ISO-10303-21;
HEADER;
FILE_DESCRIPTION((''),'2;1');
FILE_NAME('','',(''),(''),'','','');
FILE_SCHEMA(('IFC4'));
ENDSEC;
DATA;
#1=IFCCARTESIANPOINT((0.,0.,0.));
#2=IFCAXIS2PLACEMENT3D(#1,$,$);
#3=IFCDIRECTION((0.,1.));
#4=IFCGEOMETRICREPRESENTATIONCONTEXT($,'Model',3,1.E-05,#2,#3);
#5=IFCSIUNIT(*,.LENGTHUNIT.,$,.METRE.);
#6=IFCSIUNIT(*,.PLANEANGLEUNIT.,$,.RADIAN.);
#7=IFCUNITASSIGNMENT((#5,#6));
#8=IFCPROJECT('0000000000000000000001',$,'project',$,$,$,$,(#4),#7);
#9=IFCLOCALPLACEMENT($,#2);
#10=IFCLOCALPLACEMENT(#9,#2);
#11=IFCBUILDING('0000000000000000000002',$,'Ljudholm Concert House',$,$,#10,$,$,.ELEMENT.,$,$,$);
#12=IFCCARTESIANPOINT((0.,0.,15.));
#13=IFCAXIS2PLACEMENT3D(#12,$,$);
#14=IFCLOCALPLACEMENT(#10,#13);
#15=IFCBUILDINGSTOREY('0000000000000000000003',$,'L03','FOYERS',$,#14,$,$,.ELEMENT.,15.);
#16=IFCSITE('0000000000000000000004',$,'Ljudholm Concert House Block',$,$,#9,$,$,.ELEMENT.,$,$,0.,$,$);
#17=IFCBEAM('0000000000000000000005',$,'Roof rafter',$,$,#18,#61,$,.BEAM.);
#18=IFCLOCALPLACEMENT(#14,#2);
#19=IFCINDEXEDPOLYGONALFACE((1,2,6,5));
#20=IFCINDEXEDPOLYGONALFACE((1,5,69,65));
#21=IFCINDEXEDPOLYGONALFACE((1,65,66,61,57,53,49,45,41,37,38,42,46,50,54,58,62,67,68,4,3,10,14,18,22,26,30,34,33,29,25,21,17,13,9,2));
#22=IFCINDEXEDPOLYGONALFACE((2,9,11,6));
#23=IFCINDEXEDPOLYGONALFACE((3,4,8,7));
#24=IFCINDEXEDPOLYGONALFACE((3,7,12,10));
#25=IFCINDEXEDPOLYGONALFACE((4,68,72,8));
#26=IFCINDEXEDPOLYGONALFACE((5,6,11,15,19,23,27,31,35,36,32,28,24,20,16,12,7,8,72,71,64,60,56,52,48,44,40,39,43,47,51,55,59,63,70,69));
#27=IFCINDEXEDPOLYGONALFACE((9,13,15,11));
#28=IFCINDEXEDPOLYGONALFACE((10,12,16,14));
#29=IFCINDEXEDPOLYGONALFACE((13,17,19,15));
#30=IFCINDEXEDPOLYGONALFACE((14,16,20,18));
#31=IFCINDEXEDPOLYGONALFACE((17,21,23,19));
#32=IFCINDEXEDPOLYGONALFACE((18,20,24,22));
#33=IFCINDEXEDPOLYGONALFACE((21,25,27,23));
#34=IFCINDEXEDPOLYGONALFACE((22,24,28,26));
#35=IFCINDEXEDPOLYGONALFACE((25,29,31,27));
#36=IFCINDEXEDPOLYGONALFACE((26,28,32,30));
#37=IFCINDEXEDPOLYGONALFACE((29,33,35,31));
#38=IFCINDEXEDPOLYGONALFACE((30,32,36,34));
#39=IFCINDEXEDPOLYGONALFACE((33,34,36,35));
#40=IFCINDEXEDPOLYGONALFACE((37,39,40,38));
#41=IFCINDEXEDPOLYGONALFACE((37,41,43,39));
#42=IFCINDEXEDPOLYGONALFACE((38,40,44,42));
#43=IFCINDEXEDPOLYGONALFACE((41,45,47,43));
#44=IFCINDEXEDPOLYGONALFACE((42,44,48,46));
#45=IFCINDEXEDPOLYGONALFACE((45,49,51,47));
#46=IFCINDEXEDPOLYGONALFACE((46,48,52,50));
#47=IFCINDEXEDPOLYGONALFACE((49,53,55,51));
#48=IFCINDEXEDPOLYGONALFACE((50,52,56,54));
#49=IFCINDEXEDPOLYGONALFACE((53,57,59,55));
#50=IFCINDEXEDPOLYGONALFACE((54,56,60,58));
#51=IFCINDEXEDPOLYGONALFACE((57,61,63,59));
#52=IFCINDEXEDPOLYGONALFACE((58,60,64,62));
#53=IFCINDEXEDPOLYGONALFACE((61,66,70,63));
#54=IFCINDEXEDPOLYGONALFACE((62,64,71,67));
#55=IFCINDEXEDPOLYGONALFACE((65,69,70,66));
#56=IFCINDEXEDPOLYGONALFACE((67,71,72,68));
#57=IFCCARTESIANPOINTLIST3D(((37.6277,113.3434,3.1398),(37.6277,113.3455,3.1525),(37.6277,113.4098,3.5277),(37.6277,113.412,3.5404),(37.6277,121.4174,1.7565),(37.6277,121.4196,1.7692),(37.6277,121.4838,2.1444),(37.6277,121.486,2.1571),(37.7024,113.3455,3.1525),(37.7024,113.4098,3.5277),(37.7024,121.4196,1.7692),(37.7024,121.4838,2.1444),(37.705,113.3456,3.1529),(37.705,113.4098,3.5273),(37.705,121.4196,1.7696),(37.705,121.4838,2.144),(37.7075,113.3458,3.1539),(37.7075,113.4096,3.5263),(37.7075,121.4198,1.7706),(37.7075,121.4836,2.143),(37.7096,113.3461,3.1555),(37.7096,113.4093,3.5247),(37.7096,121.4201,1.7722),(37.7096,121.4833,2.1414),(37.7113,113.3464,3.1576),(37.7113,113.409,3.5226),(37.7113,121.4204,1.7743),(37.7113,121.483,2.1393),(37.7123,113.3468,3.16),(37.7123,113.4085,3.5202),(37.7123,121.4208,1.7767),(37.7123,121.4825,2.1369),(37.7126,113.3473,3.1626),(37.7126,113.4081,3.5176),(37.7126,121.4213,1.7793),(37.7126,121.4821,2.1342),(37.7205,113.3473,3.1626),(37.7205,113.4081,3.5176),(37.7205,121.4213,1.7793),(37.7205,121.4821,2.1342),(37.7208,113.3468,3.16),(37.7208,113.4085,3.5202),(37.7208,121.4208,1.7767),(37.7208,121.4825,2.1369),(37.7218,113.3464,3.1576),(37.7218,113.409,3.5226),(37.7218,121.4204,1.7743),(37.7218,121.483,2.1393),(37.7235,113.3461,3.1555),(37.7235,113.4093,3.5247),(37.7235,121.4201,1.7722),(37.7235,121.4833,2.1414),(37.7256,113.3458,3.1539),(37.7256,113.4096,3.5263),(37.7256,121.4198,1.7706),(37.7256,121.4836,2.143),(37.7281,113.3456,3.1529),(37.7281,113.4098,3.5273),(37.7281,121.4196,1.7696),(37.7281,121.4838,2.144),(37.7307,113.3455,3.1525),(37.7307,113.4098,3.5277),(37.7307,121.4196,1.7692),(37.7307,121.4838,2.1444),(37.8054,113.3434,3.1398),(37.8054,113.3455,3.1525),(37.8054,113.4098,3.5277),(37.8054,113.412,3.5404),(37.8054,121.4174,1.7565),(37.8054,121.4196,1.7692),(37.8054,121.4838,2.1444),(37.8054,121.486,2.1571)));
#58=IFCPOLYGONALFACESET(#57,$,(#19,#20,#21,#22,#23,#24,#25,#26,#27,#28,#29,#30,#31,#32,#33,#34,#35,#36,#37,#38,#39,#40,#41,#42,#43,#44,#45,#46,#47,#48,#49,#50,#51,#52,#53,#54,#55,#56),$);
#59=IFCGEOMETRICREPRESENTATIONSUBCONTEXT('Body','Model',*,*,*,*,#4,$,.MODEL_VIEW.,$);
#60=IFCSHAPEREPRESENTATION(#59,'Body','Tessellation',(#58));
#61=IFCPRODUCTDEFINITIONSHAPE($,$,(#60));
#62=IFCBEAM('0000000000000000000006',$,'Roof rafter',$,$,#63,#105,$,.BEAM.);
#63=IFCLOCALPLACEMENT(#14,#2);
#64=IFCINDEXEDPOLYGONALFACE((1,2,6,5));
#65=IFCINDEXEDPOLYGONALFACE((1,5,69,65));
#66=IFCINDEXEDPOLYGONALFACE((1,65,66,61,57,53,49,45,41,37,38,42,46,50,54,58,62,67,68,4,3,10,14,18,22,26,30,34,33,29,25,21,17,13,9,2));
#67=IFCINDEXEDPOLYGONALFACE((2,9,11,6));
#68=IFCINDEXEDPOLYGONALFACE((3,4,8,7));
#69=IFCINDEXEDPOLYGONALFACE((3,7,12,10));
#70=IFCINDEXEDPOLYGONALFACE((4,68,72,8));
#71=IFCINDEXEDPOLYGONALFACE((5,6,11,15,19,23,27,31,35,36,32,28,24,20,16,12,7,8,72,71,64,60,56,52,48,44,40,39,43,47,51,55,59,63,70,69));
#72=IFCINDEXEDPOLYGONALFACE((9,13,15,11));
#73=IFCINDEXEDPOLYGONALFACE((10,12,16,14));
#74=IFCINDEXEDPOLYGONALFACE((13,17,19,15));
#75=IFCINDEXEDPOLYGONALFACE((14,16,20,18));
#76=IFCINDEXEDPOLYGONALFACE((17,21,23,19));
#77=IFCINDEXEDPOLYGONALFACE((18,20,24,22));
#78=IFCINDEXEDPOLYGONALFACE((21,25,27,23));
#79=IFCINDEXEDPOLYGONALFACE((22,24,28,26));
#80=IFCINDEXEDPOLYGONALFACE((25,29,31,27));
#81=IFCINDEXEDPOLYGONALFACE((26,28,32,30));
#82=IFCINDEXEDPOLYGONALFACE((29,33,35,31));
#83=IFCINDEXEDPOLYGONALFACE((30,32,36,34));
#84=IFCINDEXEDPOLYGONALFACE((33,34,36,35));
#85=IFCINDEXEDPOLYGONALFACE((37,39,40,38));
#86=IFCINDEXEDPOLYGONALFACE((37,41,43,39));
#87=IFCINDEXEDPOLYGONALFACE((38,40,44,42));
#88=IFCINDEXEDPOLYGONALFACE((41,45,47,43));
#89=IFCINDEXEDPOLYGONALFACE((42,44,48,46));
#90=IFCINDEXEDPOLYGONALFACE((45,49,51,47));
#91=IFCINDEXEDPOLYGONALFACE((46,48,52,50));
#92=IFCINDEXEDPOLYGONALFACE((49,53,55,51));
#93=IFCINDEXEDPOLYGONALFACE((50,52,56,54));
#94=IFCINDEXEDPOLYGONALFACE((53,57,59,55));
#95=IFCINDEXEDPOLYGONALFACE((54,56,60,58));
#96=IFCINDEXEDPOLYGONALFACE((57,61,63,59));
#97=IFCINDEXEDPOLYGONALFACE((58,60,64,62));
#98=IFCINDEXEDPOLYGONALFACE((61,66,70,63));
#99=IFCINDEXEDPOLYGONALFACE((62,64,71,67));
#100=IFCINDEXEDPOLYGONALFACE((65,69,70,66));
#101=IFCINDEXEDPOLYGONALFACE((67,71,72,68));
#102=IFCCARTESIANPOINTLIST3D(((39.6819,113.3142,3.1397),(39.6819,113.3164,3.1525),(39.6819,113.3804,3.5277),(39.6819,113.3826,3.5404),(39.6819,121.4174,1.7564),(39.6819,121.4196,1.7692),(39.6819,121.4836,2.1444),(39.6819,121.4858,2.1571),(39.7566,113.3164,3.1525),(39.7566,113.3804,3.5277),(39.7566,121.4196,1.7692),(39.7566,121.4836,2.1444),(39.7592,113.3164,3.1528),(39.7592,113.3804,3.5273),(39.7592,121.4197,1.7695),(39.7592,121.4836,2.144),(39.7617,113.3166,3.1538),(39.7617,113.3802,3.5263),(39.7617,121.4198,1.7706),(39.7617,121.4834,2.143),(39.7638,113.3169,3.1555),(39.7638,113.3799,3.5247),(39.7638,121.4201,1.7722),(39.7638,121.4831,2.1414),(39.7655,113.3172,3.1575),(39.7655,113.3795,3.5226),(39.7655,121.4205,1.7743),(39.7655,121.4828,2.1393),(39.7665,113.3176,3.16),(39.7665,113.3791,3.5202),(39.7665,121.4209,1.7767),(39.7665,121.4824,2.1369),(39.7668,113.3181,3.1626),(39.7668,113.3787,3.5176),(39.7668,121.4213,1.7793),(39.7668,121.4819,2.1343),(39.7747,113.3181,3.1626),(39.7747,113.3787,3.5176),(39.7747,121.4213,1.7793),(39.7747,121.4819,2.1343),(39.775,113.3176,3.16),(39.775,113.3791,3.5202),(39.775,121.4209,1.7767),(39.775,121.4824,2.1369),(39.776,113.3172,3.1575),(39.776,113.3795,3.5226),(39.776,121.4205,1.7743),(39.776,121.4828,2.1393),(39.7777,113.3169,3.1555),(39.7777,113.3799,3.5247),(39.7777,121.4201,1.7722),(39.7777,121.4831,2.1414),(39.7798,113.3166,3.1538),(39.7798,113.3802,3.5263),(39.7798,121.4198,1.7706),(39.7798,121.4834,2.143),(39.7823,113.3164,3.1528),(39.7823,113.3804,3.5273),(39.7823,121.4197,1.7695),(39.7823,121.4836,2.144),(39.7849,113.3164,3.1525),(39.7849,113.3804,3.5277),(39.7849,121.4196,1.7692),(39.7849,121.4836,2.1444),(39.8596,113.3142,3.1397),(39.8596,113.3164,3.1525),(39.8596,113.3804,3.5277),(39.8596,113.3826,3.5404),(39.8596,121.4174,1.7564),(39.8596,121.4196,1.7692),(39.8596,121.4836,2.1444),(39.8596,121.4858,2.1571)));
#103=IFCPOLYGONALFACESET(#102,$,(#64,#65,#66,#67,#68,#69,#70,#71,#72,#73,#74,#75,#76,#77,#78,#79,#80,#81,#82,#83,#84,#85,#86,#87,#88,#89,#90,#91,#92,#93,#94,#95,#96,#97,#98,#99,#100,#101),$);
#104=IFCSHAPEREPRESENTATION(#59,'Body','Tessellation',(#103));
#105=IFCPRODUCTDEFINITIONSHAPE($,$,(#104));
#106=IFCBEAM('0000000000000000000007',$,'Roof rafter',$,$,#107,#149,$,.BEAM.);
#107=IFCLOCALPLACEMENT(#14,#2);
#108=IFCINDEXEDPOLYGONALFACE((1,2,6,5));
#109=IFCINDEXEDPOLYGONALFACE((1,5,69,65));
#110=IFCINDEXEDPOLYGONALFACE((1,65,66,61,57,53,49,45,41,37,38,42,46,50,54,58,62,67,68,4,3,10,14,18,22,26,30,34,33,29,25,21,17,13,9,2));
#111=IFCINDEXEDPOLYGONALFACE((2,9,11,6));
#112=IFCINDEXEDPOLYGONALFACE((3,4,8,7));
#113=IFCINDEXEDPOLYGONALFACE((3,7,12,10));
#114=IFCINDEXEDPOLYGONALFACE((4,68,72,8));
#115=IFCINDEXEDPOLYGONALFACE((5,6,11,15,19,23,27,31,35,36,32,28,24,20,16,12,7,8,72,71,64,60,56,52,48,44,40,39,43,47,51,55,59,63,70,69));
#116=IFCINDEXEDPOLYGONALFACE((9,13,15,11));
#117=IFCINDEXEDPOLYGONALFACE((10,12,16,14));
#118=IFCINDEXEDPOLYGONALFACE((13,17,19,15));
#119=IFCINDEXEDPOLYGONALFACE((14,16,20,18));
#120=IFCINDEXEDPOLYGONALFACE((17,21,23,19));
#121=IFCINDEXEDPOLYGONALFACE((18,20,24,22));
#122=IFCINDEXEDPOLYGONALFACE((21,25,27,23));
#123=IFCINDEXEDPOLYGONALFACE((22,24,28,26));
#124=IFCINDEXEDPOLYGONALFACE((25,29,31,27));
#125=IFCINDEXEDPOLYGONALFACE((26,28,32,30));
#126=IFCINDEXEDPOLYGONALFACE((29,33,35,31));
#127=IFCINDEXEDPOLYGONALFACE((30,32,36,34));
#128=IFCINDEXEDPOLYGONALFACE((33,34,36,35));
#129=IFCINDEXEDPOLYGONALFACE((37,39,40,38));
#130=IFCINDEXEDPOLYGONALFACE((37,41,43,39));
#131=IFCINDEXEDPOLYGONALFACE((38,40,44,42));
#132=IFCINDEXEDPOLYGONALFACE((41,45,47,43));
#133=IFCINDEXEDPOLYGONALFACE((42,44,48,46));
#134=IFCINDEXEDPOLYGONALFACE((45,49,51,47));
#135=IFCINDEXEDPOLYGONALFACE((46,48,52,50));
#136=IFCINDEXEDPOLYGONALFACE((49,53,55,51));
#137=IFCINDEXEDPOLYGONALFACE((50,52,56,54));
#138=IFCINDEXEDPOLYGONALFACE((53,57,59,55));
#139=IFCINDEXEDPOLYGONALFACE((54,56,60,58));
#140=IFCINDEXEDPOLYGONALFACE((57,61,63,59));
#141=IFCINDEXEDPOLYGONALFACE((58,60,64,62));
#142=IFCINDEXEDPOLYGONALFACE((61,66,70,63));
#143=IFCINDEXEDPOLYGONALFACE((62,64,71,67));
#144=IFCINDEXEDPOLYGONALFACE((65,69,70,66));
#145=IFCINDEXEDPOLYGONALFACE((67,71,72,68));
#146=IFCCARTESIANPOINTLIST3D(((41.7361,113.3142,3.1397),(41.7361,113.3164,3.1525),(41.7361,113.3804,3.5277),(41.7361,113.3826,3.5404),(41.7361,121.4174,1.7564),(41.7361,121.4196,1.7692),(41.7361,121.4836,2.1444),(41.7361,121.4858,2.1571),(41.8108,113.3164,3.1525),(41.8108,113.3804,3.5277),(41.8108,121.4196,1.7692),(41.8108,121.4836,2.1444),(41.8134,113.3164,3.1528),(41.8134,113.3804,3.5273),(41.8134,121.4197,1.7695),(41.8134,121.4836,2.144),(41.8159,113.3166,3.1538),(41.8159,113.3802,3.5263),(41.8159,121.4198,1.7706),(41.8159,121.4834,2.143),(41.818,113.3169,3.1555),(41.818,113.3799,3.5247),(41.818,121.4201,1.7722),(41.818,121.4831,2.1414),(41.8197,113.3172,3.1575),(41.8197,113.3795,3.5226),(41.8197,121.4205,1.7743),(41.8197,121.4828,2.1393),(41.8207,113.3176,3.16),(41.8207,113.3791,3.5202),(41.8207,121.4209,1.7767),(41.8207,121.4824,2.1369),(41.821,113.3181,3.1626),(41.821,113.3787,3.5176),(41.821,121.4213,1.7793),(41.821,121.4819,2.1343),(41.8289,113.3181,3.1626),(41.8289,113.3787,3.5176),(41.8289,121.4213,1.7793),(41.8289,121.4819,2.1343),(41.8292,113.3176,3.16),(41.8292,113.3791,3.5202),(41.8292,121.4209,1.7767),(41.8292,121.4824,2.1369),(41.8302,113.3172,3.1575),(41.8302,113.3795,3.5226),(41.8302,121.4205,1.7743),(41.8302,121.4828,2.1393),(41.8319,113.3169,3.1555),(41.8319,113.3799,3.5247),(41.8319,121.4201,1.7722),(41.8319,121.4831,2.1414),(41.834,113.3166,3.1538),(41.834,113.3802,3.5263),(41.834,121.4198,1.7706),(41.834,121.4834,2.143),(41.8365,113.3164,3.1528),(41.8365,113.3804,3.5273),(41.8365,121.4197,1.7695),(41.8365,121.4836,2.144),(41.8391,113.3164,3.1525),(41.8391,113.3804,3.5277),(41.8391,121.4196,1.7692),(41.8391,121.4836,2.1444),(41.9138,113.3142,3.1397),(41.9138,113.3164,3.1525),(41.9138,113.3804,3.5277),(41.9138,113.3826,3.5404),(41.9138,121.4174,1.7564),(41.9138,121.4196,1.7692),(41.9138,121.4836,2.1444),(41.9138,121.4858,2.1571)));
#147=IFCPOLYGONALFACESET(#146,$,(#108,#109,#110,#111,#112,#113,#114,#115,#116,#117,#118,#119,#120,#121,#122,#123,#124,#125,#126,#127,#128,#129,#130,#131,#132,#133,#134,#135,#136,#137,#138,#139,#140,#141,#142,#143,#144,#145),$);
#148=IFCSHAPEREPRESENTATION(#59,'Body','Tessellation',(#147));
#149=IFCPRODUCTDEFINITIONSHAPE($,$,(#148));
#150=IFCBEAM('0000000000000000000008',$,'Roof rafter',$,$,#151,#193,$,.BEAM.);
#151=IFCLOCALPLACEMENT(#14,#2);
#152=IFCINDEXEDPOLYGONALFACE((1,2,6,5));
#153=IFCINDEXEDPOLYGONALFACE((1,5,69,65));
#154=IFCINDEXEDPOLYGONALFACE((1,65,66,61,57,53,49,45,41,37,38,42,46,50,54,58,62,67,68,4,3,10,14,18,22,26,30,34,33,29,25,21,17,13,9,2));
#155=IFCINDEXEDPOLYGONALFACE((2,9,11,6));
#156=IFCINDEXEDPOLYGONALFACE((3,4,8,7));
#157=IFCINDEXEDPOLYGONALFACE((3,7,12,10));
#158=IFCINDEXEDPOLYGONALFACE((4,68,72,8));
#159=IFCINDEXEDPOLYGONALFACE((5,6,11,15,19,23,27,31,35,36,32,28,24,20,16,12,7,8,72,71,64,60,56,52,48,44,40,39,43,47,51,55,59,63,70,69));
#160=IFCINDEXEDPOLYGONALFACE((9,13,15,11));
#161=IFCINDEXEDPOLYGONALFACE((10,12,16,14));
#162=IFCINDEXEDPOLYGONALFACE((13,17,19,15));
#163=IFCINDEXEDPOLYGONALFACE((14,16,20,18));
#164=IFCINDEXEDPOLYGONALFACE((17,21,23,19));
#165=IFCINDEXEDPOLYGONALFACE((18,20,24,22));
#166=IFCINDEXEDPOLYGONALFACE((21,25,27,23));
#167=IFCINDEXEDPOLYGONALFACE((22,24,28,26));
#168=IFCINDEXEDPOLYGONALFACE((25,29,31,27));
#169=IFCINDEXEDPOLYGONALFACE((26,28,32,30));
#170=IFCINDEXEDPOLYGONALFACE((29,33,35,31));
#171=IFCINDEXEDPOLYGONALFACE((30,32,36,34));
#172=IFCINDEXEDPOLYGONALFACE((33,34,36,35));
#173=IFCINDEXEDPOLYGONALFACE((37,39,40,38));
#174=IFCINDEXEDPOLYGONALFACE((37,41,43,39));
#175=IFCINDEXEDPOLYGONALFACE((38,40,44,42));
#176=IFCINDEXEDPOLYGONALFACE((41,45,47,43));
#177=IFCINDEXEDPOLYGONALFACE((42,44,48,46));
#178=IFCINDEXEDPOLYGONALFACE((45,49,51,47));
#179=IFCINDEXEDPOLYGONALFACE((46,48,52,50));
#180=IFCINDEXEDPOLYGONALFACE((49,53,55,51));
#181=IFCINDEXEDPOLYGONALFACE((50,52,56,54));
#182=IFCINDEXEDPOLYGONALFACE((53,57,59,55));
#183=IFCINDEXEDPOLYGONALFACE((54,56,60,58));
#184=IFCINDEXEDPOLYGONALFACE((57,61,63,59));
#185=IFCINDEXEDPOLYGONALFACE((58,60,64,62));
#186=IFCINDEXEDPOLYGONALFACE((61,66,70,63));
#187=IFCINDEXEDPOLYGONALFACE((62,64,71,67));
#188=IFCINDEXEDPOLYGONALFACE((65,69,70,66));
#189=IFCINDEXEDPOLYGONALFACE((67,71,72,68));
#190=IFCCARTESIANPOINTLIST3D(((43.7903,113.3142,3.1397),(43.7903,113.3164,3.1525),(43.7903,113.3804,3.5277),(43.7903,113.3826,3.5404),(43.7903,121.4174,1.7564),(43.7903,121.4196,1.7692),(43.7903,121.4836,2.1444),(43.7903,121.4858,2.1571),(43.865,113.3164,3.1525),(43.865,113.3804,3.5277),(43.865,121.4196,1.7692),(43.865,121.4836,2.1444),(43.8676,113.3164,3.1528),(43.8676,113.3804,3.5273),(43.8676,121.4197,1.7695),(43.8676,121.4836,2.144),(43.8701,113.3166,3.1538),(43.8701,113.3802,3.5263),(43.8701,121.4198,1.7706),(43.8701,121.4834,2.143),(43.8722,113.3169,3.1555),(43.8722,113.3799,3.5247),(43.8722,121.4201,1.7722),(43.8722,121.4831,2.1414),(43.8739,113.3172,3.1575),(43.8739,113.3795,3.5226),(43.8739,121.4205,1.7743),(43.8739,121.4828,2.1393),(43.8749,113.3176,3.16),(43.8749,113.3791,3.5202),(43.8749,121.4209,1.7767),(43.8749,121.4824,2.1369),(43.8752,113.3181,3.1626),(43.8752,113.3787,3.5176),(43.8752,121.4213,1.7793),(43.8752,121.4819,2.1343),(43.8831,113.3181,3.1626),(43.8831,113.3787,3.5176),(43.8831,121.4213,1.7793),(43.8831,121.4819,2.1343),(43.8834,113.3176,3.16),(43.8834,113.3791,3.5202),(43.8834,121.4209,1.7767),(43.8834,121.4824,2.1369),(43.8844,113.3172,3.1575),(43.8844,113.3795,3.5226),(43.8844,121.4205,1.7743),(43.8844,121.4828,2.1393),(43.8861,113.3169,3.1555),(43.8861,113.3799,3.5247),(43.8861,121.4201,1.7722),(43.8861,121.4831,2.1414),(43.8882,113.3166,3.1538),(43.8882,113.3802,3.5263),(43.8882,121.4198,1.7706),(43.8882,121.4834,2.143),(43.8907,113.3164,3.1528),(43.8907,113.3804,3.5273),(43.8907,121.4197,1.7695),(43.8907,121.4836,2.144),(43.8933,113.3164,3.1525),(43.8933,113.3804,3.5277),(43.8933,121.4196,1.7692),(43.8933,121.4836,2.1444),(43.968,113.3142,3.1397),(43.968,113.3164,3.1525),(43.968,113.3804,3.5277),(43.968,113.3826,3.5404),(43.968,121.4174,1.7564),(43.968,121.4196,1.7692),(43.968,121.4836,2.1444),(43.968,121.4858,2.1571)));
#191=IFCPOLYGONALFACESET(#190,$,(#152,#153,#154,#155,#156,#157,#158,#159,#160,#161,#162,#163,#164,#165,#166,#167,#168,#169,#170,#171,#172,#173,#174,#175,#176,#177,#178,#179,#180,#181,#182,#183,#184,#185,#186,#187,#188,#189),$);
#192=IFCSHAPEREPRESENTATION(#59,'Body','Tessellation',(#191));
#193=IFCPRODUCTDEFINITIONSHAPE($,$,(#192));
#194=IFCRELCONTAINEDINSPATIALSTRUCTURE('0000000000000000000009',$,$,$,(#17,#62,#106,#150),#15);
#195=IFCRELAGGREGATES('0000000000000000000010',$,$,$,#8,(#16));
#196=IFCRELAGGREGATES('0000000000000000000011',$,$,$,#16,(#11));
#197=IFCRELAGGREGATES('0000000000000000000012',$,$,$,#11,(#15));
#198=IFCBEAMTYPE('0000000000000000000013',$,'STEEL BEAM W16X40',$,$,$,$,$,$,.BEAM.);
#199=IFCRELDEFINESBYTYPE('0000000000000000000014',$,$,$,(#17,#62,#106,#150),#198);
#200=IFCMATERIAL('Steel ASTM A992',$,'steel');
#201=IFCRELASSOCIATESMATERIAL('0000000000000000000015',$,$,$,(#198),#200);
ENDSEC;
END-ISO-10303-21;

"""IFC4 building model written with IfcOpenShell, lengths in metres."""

from ifc_helpers import new_model, si_unit, direction, frame, origin, origin_2d, place, context, subcontext, project, spatial, i_section, extrude, material, material_profile, profile_set, type_object, element, save


model = new_model("IFC4")

# Units and contexts
model_context = context("Model", 3, precision=1e-05, world=origin(), true_north=direction((0.0, 1.0)))
body_context = subcontext(model_context, "Body", "Model", "MODEL_VIEW")
ifc_project = project(units=[si_unit("LENGTHUNIT", "METRE"), si_unit("PLANEANGLEUNIT", "RADIAN")], contexts=[model_context])

# Site, building, storey
site_placement = place(None, origin())
site = spatial("IfcSite", under=ifc_project, at=site_placement, Name="Ljudholm Concert House Block", CompositionType="ELEMENT", RefElevation=0.0)
building_placement = place(site_placement, origin())
building = spatial("IfcBuilding", under=site, at=building_placement, Name="Ljudholm Concert House", CompositionType="ELEMENT")
storey_placement = place(building_placement, frame((0.0, 0.0, 15.0)))
storey = spatial("IfcBuildingStorey", under=building, at=storey_placement, Name="L03", Description="FOYERS", CompositionType="ELEMENT", Elevation=15.0)

# Beams
ifc_material_1 = material(Name="Steel ASTM A992", Category="steel")
ifc_material_profile_1 = material_profile(ifc_material_1, i_section(OverallWidth=0.1777, OverallDepth=0.4065, WebThickness=0.0078, FlangeThickness=0.0129, FilletRadius=0.0103, at=origin_2d()), Name="W16X40")
ifc_profile_set_1 = profile_set([ifc_material_profile_1], Name="Steel ASTM A992")
beam_type_1 = type_object("IfcBeamType", Name="STEEL BEAM W16X40", PredefinedType="BEAM", material=ifc_profile_set_1)
beam_1_placement = place(storey_placement, frame((37.7166, 113.3777, 3.3401), z_axis=(0.0, 0.985639, -0.168868), x_axis=(-1.0, 0.0, 0.0)))
element("IfcBeam", 1, at=beam_1_placement, inside=storey, type_object=beam_type_1, Name="Roof rafter", PredefinedType="BEAM", context=body_context, shape_type="SweptSolid", body=[
    extrude(i_section(OverallWidth=0.1777, OverallDepth=0.4065, WebThickness=0.0078, FlangeThickness=0.0129, FilletRadius=0.0103, at=origin_2d()), origin(), (0.0, 0.0, 1.0), 8.1917),
])
for number, where, z_axis, x_axis, name in (
    (2, (39.7708, 113.3484, 3.3401), (0.0, 0.98574, -0.168275), (-1.0, 0.0, 0.0), "Roof rafter"),
    (3, (41.825, 113.3484, 3.3401), (0.0, 0.98574, -0.168275), (-1.0, 0.0, 0.0), "Roof rafter"),
    (4, (43.8792, 113.3484, 3.3401), (0.0, 0.98574, -0.168275), (-1.0, 0.0, 0.0), "Roof rafter"),
):
    element("IfcBeam", number, at=place(storey_placement, frame(where, z_axis=z_axis, x_axis=x_axis)), inside=storey, type_object=beam_type_1, Name=name, PredefinedType="BEAM", context=body_context, shape_type="SweptSolid", body=[
        extrude(i_section(OverallWidth=0.1777, OverallDepth=0.4065, WebThickness=0.0078, FlangeThickness=0.0129, FilletRadius=0.0103, at=origin_2d()), origin(), (0.0, 0.0, 1.0), 8.2205),
    ])

save(model, "model.ifc")
